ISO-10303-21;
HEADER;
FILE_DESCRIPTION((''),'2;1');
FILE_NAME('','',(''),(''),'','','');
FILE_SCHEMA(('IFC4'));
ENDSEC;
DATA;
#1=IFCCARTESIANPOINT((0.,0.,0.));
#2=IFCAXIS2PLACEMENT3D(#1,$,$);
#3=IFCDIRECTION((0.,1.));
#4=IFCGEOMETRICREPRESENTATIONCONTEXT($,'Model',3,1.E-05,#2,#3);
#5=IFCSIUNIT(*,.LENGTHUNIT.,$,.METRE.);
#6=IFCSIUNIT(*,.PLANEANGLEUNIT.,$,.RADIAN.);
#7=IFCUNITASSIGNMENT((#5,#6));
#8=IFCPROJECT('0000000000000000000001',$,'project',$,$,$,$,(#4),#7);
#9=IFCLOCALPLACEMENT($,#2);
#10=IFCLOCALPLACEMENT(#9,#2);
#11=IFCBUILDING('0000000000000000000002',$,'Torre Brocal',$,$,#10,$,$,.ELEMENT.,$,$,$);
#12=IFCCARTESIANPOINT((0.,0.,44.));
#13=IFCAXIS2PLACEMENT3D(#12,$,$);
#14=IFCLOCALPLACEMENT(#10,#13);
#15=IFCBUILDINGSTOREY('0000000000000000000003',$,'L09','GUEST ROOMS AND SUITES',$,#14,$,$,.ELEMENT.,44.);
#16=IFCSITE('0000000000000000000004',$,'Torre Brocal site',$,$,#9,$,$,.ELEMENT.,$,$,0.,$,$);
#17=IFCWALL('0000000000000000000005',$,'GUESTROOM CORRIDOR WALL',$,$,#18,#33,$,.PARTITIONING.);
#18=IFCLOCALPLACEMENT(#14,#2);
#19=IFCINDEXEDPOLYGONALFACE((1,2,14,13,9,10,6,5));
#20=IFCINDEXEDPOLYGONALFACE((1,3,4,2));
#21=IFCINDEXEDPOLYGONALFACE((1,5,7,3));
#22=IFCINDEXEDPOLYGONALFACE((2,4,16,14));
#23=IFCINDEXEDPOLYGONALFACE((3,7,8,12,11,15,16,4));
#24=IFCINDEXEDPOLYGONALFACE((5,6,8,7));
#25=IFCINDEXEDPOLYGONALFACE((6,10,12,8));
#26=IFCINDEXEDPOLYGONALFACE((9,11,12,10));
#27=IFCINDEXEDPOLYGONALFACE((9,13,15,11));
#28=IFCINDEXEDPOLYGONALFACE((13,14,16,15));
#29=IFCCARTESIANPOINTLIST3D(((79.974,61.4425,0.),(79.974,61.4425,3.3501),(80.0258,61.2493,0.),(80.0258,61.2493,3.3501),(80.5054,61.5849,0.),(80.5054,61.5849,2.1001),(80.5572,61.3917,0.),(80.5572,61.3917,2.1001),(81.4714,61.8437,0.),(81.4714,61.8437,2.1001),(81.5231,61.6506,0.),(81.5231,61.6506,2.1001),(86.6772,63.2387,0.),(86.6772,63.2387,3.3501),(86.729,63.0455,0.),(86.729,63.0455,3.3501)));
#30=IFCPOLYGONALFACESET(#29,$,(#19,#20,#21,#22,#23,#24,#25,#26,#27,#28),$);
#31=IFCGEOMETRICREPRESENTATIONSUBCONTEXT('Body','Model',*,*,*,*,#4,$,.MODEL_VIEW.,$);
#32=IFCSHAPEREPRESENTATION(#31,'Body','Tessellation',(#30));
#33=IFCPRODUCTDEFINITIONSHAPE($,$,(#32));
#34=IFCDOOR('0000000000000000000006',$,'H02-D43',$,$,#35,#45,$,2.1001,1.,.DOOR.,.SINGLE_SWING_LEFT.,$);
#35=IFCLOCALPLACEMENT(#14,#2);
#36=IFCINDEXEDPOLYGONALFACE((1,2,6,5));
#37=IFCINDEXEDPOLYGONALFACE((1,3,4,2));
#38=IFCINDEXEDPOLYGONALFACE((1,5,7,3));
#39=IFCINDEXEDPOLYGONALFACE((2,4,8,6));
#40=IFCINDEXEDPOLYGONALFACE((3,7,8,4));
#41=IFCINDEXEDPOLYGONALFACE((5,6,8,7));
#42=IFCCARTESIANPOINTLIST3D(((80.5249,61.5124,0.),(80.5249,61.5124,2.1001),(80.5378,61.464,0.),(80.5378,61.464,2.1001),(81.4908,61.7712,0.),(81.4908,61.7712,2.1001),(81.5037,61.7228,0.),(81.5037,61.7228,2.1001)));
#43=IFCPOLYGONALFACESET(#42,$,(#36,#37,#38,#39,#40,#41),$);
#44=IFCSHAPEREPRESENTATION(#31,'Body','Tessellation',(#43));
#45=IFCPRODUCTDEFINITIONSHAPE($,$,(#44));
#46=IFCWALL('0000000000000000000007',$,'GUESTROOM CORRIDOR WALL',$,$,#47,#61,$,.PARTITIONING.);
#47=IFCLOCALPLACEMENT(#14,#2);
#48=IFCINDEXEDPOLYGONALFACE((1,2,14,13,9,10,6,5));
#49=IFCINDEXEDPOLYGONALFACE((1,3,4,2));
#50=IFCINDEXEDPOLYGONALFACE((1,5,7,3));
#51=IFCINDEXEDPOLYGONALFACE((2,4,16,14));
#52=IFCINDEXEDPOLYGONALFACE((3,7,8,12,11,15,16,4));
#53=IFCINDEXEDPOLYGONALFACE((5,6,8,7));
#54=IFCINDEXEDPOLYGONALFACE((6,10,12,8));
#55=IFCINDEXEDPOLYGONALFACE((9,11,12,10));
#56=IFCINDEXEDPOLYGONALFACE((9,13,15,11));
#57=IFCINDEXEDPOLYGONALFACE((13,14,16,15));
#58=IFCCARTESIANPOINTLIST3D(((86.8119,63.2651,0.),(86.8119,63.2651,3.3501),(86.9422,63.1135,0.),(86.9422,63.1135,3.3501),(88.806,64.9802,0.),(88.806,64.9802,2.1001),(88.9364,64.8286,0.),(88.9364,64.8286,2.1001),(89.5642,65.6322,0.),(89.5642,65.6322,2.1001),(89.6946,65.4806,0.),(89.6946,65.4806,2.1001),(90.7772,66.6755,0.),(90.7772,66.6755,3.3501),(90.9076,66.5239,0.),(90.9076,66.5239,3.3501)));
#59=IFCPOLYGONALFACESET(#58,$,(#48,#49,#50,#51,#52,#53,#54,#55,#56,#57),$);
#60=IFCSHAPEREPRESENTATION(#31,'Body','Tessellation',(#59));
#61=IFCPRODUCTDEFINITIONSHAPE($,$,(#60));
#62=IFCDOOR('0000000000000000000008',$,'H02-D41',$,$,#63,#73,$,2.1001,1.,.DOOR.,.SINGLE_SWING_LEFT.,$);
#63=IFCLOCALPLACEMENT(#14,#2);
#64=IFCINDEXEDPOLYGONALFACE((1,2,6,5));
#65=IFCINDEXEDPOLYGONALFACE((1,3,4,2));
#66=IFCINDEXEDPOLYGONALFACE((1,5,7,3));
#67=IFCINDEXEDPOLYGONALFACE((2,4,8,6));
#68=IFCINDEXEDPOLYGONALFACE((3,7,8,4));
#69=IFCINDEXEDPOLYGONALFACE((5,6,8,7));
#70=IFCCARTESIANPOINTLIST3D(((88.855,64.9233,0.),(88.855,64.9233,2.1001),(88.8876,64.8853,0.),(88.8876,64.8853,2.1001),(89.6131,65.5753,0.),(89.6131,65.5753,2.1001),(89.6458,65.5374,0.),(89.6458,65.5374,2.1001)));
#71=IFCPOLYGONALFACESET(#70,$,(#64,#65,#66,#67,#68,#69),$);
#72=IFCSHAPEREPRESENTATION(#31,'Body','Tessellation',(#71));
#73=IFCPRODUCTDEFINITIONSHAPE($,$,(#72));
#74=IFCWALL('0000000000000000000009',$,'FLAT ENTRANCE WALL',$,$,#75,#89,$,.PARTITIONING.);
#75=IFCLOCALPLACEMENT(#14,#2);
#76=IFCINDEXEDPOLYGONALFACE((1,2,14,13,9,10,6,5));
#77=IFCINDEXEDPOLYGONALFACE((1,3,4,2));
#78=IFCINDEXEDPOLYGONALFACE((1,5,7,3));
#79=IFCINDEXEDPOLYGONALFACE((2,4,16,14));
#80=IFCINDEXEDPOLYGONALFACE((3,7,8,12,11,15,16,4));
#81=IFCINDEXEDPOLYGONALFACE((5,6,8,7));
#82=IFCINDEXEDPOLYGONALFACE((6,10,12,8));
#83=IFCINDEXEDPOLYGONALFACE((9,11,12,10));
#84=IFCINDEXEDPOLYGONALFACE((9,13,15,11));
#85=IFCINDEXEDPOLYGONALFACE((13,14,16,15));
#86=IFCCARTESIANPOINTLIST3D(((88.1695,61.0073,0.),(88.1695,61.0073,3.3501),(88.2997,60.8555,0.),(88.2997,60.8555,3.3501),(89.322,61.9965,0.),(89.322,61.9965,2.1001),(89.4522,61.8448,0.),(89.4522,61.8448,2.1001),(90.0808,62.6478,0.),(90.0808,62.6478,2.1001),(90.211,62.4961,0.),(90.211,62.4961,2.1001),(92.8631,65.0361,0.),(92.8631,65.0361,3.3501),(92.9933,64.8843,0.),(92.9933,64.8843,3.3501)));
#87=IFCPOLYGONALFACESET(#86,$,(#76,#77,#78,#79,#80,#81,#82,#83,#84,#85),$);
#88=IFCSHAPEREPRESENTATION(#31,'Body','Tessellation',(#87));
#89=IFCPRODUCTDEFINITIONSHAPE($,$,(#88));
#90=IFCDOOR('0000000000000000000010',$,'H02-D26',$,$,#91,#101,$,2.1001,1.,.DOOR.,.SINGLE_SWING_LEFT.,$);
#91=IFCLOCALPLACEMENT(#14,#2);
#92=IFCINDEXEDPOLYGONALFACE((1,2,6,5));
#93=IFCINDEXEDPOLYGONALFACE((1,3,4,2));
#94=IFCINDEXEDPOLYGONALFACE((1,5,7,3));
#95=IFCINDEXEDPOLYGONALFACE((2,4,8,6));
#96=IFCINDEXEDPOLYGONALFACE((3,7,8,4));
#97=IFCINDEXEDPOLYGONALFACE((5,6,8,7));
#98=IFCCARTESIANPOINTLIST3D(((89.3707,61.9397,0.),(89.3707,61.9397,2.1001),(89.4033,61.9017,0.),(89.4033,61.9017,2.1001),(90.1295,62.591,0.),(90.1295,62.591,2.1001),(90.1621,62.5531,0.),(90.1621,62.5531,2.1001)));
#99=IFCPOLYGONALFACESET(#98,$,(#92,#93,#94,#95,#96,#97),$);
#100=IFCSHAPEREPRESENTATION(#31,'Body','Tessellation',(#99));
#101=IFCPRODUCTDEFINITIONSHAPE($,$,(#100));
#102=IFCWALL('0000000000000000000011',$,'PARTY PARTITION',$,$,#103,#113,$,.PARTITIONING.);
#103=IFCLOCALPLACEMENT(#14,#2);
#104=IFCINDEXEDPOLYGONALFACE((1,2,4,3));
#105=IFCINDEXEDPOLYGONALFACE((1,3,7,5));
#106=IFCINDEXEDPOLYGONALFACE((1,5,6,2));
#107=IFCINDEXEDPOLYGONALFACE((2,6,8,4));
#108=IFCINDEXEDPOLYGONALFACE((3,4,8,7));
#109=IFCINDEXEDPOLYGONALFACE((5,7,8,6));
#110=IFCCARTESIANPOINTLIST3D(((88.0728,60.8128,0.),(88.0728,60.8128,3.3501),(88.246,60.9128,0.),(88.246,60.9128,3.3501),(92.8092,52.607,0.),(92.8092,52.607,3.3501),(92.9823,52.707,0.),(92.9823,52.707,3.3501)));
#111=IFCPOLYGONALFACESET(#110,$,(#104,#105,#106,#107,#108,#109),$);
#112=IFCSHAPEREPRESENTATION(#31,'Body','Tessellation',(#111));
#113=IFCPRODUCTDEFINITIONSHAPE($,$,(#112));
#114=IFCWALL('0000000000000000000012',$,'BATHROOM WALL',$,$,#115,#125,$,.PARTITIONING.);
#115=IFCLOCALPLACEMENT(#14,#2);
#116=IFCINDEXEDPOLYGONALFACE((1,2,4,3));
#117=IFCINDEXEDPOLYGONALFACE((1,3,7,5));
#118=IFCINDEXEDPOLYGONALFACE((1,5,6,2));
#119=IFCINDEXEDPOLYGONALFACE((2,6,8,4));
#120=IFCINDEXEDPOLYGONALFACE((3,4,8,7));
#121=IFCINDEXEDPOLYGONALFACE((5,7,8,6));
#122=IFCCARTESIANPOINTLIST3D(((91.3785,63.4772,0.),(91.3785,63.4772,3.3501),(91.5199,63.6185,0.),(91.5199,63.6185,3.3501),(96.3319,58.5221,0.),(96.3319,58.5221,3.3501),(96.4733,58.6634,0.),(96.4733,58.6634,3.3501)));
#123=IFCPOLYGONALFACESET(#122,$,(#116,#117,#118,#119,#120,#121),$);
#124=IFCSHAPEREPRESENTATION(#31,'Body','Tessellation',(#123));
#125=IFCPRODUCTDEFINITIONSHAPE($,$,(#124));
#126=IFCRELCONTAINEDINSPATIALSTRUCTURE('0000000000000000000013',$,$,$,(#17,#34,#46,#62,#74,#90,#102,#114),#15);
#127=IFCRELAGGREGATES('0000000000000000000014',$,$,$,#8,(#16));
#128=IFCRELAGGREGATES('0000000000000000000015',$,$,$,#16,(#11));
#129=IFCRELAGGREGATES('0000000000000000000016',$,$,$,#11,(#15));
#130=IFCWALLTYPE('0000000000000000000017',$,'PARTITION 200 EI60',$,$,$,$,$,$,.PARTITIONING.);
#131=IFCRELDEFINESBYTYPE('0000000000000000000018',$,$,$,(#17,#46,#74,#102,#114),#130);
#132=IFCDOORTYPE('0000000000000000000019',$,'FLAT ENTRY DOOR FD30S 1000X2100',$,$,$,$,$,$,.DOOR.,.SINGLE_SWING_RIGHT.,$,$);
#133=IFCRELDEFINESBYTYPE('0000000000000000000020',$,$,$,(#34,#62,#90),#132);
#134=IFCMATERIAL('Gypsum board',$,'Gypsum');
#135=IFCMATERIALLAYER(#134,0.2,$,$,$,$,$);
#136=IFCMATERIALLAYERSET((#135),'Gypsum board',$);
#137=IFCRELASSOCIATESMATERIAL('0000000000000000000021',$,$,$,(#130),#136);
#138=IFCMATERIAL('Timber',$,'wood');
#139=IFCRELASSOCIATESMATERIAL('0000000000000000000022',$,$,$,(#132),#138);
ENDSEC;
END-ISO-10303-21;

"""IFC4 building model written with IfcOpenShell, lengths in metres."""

from ifc_helpers import new_model, si_unit, direction, frame, frame_2d, origin, place, context, subcontext, project, spatial, rectangle, extrude, material, layer, layer_set, type_object, element, fill, save


model = new_model("IFC4")

# Units and contexts
model_context = context("Model", 3, precision=1e-05, world=origin(), true_north=direction((0.0, 1.0)))
body_context = subcontext(model_context, "Body", "Model", "MODEL_VIEW")
ifc_project = project(units=[si_unit("LENGTHUNIT", "METRE"), si_unit("PLANEANGLEUNIT", "RADIAN")], contexts=[model_context])

# Site, building, storey
site_placement = place(None, origin())
site = spatial("IfcSite", under=ifc_project, at=site_placement, Name="Torre Brocal site", CompositionType="ELEMENT", RefElevation=0.0)
building_placement = place(site_placement, origin())
building = spatial("IfcBuilding", under=site, at=building_placement, Name="Torre Brocal", CompositionType="ELEMENT")
storey_placement = place(building_placement, frame((0.0, 0.0, 44.0)))
storey = spatial("IfcBuildingStorey", under=building, at=storey_placement, Name="L09", Description="GUEST ROOMS AND SUITES", CompositionType="ELEMENT", Elevation=44.0)

# Shared definitions
ifc_material_1 = material(Name="Gypsum board", Category="Gypsum")
ifc_layer_1 = layer(ifc_material_1, 0.2)
ifc_layer_set_1 = layer_set([ifc_layer_1], Name="Gypsum board")
wall_type_1 = type_object("IfcWallType", Name="PARTITION 200 EI60", PredefinedType="PARTITIONING", material=ifc_layer_set_1)

# Walls, openings, doors
wall_1_placement = place(storey_placement, frame((80.0, 61.3459, 0.0), z_axis=(0.0, 0.0, 1.0), x_axis=(0.965924, 0.258825, 0.0)))
wall_1 = element("IfcWall", 1, at=wall_1_placement, inside=storey, type_object=wall_type_1, Name="GUESTROOM CORRIDOR WALL", PredefinedType="PARTITIONING", context=body_context, shape_type="SweptSolid", body=[
    extrude(rectangle(XDim=6.9397, YDim=0.2, at=frame_2d((3.4697, 0.0))), origin(), (0.0, 0.0, 1.0), 3.3501),
])
opening_1_placement = place(wall_1_placement, frame((0.55, 0.0, 0.0)))
opening_1 = element("IfcOpeningElement", 2, at=opening_1_placement, cuts=wall_1, PredefinedType="OPENING", context=body_context, shape_type="SweptSolid", body=[
    extrude(rectangle(XDim=1.0, YDim=2.1001, at=frame_2d((0.5, 1.05))), frame((0.0, 0.1099, 0.0), z_axis=(0.0, -1.0, 0.0), x_axis=(1.0, 0.0, 0.0)), (0.0, 0.0, 1.0), 0.22),
])
ifc_material_2 = material(Name="Timber", Category="wood")
door_type_1 = type_object("IfcDoorType", Name="FLAT ENTRY DOOR FD30S 1000X2100", OperationType="SINGLE_SWING_RIGHT", PredefinedType="DOOR", material=ifc_material_2)
door_1_placement = place(opening_1_placement, origin())
door_1 = element("IfcDoor", 3, at=door_1_placement, inside=storey, type_object=door_type_1, Name="H02-D43", OperationType="SINGLE_SWING_LEFT", OverallHeight=2.1001, OverallWidth=1.0, PredefinedType="DOOR", context=body_context, shape_type="SweptSolid", body=[
    extrude(rectangle(XDim=1.0, YDim=2.1001, at=frame_2d((0.5, 1.05))), frame((0.0, 0.0249, 0.0), z_axis=(0.0, -1.0, 0.0), x_axis=(1.0, 0.0, 0.0)), (0.0, 0.0, 1.0), 0.05),
])
fill(opening_1, door_1)
wall_2_placement = place(storey_placement, frame((86.877, 63.1892, 0.0), z_axis=(0.0, 0.0, 1.0), x_axis=(0.758165, 0.652063, 0.0)))
wall_2 = element("IfcWall", 4, at=wall_2_placement, inside=storey, type_object=wall_type_1, Name="GUESTROOM CORRIDOR WALL", PredefinedType="PARTITIONING", context=body_context, shape_type="SweptSolid", body=[
    extrude(rectangle(XDim=5.2302, YDim=0.2, at=frame_2d((2.6152, 0.0))), origin(), (0.0, 0.0, 1.0), 3.3501),
])
opening_2_placement = place(wall_2_placement, frame((2.6304, 0.0, 0.0)))
opening_2 = element("IfcOpeningElement", 5, at=opening_2_placement, cuts=wall_2, PredefinedType="OPENING", context=body_context, shape_type="SweptSolid", body=[
    extrude(rectangle(XDim=1.0, YDim=2.1001, at=frame_2d((0.5, 1.05))), frame((0.0, 0.1099, 0.0), z_axis=(0.0, -1.0, 0.0), x_axis=(1.0, 0.0, 0.0)), (0.0, 0.0, 1.0), 0.22),
])
door_2_placement = place(opening_2_placement, origin())
door_2 = element("IfcDoor", 6, at=door_2_placement, inside=storey, type_object=door_type_1, Name="H02-D41", OperationType="SINGLE_SWING_LEFT", OverallHeight=2.1001, OverallWidth=1.0, PredefinedType="DOOR", context=body_context, shape_type="SweptSolid", body=[
    extrude(rectangle(XDim=1.0, YDim=2.1001, at=frame_2d((0.5, 1.05))), frame((0.0, 0.0249, 0.0), z_axis=(0.0, -1.0, 0.0), x_axis=(1.0, 0.0, 0.0)), (0.0, 0.0, 1.0), 0.05),
])
fill(opening_2, door_2)
wall_3_placement = place(storey_placement, frame((88.2346, 60.9314, 0.0), z_axis=(0.0, 0.0, 1.0), x_axis=(0.758799, 0.651324, 0.0)))
wall_3 = element("IfcWall", 7, at=wall_3_placement, inside=storey, type_object=wall_type_1, Name="FLAT ENTRANCE WALL", PredefinedType="PARTITIONING", context=body_context, shape_type="SweptSolid", body=[
    extrude(rectangle(XDim=6.1855, YDim=0.2, at=frame_2d((3.0928, 0.0))), origin(), (0.0, 0.0, 1.0), 3.3501),
])
opening_3_placement = place(wall_3_placement, frame((1.5188, 0.0, 0.0)))
opening_3 = element("IfcOpeningElement", 8, at=opening_3_placement, cuts=wall_3, PredefinedType="OPENING", context=body_context, shape_type="SweptSolid", body=[
    extrude(rectangle(XDim=1.0, YDim=2.1001, at=frame_2d((0.5, 1.05))), frame((0.0, 0.1099, 0.0), z_axis=(0.0, -1.0, 0.0), x_axis=(1.0, 0.0, 0.0)), (0.0, 0.0, 1.0), 0.22),
])
door_3_placement = place(opening_3_placement, frame((1.0, 0.0, 0.0), z_axis=(0.0, 0.0, 1.0), x_axis=(-1.0, 0.0, 0.0)))
door_3 = element("IfcDoor", 9, at=door_3_placement, inside=storey, type_object=door_type_1, Name="H02-D26", OperationType="SINGLE_SWING_LEFT", OverallHeight=2.1001, OverallWidth=1.0, PredefinedType="DOOR", context=body_context, shape_type="SweptSolid", body=[
    extrude(rectangle(XDim=1.0, YDim=2.1001, at=frame_2d((0.5, 1.05))), frame((0.0, 0.0249, 0.0), z_axis=(0.0, -1.0, 0.0), x_axis=(1.0, 0.0, 0.0)), (0.0, 0.0, 1.0), 0.05),
])
fill(opening_3, door_3)

# Walls
wall_4_placement = place(storey_placement, frame((88.1594, 60.8628, 0.0), z_axis=(0.0, 0.0, 1.0), x_axis=(0.499897, -0.866085, 0.0)))
element("IfcWall", 10, at=wall_4_placement, inside=storey, type_object=wall_type_1, Name="PARTY PARTITION", PredefinedType="PARTITIONING", context=body_context, shape_type="SweptSolid", body=[
    extrude(rectangle(XDim=9.4746, YDim=0.2, at=frame_2d((4.7373, 0.0))), origin(), (0.0, 0.0, 1.0), 3.3501),
])
wall_5_placement = place(storey_placement, frame((91.4492, 63.5479, 0.0), z_axis=(0.0, 0.0, 1.0), x_axis=(0.706985, -0.707229, 0.0)))
element("IfcWall", 11, at=wall_5_placement, inside=storey, type_object=wall_type_1, Name="BATHROOM WALL", PredefinedType="PARTITIONING", context=body_context, shape_type="SweptSolid", body=[
    extrude(rectangle(XDim=7.0063, YDim=0.2, at=frame_2d((3.5032, 0.0))), origin(), (0.0, 0.0, 1.0), 3.3501),
])

save(model, "model.ifc")
